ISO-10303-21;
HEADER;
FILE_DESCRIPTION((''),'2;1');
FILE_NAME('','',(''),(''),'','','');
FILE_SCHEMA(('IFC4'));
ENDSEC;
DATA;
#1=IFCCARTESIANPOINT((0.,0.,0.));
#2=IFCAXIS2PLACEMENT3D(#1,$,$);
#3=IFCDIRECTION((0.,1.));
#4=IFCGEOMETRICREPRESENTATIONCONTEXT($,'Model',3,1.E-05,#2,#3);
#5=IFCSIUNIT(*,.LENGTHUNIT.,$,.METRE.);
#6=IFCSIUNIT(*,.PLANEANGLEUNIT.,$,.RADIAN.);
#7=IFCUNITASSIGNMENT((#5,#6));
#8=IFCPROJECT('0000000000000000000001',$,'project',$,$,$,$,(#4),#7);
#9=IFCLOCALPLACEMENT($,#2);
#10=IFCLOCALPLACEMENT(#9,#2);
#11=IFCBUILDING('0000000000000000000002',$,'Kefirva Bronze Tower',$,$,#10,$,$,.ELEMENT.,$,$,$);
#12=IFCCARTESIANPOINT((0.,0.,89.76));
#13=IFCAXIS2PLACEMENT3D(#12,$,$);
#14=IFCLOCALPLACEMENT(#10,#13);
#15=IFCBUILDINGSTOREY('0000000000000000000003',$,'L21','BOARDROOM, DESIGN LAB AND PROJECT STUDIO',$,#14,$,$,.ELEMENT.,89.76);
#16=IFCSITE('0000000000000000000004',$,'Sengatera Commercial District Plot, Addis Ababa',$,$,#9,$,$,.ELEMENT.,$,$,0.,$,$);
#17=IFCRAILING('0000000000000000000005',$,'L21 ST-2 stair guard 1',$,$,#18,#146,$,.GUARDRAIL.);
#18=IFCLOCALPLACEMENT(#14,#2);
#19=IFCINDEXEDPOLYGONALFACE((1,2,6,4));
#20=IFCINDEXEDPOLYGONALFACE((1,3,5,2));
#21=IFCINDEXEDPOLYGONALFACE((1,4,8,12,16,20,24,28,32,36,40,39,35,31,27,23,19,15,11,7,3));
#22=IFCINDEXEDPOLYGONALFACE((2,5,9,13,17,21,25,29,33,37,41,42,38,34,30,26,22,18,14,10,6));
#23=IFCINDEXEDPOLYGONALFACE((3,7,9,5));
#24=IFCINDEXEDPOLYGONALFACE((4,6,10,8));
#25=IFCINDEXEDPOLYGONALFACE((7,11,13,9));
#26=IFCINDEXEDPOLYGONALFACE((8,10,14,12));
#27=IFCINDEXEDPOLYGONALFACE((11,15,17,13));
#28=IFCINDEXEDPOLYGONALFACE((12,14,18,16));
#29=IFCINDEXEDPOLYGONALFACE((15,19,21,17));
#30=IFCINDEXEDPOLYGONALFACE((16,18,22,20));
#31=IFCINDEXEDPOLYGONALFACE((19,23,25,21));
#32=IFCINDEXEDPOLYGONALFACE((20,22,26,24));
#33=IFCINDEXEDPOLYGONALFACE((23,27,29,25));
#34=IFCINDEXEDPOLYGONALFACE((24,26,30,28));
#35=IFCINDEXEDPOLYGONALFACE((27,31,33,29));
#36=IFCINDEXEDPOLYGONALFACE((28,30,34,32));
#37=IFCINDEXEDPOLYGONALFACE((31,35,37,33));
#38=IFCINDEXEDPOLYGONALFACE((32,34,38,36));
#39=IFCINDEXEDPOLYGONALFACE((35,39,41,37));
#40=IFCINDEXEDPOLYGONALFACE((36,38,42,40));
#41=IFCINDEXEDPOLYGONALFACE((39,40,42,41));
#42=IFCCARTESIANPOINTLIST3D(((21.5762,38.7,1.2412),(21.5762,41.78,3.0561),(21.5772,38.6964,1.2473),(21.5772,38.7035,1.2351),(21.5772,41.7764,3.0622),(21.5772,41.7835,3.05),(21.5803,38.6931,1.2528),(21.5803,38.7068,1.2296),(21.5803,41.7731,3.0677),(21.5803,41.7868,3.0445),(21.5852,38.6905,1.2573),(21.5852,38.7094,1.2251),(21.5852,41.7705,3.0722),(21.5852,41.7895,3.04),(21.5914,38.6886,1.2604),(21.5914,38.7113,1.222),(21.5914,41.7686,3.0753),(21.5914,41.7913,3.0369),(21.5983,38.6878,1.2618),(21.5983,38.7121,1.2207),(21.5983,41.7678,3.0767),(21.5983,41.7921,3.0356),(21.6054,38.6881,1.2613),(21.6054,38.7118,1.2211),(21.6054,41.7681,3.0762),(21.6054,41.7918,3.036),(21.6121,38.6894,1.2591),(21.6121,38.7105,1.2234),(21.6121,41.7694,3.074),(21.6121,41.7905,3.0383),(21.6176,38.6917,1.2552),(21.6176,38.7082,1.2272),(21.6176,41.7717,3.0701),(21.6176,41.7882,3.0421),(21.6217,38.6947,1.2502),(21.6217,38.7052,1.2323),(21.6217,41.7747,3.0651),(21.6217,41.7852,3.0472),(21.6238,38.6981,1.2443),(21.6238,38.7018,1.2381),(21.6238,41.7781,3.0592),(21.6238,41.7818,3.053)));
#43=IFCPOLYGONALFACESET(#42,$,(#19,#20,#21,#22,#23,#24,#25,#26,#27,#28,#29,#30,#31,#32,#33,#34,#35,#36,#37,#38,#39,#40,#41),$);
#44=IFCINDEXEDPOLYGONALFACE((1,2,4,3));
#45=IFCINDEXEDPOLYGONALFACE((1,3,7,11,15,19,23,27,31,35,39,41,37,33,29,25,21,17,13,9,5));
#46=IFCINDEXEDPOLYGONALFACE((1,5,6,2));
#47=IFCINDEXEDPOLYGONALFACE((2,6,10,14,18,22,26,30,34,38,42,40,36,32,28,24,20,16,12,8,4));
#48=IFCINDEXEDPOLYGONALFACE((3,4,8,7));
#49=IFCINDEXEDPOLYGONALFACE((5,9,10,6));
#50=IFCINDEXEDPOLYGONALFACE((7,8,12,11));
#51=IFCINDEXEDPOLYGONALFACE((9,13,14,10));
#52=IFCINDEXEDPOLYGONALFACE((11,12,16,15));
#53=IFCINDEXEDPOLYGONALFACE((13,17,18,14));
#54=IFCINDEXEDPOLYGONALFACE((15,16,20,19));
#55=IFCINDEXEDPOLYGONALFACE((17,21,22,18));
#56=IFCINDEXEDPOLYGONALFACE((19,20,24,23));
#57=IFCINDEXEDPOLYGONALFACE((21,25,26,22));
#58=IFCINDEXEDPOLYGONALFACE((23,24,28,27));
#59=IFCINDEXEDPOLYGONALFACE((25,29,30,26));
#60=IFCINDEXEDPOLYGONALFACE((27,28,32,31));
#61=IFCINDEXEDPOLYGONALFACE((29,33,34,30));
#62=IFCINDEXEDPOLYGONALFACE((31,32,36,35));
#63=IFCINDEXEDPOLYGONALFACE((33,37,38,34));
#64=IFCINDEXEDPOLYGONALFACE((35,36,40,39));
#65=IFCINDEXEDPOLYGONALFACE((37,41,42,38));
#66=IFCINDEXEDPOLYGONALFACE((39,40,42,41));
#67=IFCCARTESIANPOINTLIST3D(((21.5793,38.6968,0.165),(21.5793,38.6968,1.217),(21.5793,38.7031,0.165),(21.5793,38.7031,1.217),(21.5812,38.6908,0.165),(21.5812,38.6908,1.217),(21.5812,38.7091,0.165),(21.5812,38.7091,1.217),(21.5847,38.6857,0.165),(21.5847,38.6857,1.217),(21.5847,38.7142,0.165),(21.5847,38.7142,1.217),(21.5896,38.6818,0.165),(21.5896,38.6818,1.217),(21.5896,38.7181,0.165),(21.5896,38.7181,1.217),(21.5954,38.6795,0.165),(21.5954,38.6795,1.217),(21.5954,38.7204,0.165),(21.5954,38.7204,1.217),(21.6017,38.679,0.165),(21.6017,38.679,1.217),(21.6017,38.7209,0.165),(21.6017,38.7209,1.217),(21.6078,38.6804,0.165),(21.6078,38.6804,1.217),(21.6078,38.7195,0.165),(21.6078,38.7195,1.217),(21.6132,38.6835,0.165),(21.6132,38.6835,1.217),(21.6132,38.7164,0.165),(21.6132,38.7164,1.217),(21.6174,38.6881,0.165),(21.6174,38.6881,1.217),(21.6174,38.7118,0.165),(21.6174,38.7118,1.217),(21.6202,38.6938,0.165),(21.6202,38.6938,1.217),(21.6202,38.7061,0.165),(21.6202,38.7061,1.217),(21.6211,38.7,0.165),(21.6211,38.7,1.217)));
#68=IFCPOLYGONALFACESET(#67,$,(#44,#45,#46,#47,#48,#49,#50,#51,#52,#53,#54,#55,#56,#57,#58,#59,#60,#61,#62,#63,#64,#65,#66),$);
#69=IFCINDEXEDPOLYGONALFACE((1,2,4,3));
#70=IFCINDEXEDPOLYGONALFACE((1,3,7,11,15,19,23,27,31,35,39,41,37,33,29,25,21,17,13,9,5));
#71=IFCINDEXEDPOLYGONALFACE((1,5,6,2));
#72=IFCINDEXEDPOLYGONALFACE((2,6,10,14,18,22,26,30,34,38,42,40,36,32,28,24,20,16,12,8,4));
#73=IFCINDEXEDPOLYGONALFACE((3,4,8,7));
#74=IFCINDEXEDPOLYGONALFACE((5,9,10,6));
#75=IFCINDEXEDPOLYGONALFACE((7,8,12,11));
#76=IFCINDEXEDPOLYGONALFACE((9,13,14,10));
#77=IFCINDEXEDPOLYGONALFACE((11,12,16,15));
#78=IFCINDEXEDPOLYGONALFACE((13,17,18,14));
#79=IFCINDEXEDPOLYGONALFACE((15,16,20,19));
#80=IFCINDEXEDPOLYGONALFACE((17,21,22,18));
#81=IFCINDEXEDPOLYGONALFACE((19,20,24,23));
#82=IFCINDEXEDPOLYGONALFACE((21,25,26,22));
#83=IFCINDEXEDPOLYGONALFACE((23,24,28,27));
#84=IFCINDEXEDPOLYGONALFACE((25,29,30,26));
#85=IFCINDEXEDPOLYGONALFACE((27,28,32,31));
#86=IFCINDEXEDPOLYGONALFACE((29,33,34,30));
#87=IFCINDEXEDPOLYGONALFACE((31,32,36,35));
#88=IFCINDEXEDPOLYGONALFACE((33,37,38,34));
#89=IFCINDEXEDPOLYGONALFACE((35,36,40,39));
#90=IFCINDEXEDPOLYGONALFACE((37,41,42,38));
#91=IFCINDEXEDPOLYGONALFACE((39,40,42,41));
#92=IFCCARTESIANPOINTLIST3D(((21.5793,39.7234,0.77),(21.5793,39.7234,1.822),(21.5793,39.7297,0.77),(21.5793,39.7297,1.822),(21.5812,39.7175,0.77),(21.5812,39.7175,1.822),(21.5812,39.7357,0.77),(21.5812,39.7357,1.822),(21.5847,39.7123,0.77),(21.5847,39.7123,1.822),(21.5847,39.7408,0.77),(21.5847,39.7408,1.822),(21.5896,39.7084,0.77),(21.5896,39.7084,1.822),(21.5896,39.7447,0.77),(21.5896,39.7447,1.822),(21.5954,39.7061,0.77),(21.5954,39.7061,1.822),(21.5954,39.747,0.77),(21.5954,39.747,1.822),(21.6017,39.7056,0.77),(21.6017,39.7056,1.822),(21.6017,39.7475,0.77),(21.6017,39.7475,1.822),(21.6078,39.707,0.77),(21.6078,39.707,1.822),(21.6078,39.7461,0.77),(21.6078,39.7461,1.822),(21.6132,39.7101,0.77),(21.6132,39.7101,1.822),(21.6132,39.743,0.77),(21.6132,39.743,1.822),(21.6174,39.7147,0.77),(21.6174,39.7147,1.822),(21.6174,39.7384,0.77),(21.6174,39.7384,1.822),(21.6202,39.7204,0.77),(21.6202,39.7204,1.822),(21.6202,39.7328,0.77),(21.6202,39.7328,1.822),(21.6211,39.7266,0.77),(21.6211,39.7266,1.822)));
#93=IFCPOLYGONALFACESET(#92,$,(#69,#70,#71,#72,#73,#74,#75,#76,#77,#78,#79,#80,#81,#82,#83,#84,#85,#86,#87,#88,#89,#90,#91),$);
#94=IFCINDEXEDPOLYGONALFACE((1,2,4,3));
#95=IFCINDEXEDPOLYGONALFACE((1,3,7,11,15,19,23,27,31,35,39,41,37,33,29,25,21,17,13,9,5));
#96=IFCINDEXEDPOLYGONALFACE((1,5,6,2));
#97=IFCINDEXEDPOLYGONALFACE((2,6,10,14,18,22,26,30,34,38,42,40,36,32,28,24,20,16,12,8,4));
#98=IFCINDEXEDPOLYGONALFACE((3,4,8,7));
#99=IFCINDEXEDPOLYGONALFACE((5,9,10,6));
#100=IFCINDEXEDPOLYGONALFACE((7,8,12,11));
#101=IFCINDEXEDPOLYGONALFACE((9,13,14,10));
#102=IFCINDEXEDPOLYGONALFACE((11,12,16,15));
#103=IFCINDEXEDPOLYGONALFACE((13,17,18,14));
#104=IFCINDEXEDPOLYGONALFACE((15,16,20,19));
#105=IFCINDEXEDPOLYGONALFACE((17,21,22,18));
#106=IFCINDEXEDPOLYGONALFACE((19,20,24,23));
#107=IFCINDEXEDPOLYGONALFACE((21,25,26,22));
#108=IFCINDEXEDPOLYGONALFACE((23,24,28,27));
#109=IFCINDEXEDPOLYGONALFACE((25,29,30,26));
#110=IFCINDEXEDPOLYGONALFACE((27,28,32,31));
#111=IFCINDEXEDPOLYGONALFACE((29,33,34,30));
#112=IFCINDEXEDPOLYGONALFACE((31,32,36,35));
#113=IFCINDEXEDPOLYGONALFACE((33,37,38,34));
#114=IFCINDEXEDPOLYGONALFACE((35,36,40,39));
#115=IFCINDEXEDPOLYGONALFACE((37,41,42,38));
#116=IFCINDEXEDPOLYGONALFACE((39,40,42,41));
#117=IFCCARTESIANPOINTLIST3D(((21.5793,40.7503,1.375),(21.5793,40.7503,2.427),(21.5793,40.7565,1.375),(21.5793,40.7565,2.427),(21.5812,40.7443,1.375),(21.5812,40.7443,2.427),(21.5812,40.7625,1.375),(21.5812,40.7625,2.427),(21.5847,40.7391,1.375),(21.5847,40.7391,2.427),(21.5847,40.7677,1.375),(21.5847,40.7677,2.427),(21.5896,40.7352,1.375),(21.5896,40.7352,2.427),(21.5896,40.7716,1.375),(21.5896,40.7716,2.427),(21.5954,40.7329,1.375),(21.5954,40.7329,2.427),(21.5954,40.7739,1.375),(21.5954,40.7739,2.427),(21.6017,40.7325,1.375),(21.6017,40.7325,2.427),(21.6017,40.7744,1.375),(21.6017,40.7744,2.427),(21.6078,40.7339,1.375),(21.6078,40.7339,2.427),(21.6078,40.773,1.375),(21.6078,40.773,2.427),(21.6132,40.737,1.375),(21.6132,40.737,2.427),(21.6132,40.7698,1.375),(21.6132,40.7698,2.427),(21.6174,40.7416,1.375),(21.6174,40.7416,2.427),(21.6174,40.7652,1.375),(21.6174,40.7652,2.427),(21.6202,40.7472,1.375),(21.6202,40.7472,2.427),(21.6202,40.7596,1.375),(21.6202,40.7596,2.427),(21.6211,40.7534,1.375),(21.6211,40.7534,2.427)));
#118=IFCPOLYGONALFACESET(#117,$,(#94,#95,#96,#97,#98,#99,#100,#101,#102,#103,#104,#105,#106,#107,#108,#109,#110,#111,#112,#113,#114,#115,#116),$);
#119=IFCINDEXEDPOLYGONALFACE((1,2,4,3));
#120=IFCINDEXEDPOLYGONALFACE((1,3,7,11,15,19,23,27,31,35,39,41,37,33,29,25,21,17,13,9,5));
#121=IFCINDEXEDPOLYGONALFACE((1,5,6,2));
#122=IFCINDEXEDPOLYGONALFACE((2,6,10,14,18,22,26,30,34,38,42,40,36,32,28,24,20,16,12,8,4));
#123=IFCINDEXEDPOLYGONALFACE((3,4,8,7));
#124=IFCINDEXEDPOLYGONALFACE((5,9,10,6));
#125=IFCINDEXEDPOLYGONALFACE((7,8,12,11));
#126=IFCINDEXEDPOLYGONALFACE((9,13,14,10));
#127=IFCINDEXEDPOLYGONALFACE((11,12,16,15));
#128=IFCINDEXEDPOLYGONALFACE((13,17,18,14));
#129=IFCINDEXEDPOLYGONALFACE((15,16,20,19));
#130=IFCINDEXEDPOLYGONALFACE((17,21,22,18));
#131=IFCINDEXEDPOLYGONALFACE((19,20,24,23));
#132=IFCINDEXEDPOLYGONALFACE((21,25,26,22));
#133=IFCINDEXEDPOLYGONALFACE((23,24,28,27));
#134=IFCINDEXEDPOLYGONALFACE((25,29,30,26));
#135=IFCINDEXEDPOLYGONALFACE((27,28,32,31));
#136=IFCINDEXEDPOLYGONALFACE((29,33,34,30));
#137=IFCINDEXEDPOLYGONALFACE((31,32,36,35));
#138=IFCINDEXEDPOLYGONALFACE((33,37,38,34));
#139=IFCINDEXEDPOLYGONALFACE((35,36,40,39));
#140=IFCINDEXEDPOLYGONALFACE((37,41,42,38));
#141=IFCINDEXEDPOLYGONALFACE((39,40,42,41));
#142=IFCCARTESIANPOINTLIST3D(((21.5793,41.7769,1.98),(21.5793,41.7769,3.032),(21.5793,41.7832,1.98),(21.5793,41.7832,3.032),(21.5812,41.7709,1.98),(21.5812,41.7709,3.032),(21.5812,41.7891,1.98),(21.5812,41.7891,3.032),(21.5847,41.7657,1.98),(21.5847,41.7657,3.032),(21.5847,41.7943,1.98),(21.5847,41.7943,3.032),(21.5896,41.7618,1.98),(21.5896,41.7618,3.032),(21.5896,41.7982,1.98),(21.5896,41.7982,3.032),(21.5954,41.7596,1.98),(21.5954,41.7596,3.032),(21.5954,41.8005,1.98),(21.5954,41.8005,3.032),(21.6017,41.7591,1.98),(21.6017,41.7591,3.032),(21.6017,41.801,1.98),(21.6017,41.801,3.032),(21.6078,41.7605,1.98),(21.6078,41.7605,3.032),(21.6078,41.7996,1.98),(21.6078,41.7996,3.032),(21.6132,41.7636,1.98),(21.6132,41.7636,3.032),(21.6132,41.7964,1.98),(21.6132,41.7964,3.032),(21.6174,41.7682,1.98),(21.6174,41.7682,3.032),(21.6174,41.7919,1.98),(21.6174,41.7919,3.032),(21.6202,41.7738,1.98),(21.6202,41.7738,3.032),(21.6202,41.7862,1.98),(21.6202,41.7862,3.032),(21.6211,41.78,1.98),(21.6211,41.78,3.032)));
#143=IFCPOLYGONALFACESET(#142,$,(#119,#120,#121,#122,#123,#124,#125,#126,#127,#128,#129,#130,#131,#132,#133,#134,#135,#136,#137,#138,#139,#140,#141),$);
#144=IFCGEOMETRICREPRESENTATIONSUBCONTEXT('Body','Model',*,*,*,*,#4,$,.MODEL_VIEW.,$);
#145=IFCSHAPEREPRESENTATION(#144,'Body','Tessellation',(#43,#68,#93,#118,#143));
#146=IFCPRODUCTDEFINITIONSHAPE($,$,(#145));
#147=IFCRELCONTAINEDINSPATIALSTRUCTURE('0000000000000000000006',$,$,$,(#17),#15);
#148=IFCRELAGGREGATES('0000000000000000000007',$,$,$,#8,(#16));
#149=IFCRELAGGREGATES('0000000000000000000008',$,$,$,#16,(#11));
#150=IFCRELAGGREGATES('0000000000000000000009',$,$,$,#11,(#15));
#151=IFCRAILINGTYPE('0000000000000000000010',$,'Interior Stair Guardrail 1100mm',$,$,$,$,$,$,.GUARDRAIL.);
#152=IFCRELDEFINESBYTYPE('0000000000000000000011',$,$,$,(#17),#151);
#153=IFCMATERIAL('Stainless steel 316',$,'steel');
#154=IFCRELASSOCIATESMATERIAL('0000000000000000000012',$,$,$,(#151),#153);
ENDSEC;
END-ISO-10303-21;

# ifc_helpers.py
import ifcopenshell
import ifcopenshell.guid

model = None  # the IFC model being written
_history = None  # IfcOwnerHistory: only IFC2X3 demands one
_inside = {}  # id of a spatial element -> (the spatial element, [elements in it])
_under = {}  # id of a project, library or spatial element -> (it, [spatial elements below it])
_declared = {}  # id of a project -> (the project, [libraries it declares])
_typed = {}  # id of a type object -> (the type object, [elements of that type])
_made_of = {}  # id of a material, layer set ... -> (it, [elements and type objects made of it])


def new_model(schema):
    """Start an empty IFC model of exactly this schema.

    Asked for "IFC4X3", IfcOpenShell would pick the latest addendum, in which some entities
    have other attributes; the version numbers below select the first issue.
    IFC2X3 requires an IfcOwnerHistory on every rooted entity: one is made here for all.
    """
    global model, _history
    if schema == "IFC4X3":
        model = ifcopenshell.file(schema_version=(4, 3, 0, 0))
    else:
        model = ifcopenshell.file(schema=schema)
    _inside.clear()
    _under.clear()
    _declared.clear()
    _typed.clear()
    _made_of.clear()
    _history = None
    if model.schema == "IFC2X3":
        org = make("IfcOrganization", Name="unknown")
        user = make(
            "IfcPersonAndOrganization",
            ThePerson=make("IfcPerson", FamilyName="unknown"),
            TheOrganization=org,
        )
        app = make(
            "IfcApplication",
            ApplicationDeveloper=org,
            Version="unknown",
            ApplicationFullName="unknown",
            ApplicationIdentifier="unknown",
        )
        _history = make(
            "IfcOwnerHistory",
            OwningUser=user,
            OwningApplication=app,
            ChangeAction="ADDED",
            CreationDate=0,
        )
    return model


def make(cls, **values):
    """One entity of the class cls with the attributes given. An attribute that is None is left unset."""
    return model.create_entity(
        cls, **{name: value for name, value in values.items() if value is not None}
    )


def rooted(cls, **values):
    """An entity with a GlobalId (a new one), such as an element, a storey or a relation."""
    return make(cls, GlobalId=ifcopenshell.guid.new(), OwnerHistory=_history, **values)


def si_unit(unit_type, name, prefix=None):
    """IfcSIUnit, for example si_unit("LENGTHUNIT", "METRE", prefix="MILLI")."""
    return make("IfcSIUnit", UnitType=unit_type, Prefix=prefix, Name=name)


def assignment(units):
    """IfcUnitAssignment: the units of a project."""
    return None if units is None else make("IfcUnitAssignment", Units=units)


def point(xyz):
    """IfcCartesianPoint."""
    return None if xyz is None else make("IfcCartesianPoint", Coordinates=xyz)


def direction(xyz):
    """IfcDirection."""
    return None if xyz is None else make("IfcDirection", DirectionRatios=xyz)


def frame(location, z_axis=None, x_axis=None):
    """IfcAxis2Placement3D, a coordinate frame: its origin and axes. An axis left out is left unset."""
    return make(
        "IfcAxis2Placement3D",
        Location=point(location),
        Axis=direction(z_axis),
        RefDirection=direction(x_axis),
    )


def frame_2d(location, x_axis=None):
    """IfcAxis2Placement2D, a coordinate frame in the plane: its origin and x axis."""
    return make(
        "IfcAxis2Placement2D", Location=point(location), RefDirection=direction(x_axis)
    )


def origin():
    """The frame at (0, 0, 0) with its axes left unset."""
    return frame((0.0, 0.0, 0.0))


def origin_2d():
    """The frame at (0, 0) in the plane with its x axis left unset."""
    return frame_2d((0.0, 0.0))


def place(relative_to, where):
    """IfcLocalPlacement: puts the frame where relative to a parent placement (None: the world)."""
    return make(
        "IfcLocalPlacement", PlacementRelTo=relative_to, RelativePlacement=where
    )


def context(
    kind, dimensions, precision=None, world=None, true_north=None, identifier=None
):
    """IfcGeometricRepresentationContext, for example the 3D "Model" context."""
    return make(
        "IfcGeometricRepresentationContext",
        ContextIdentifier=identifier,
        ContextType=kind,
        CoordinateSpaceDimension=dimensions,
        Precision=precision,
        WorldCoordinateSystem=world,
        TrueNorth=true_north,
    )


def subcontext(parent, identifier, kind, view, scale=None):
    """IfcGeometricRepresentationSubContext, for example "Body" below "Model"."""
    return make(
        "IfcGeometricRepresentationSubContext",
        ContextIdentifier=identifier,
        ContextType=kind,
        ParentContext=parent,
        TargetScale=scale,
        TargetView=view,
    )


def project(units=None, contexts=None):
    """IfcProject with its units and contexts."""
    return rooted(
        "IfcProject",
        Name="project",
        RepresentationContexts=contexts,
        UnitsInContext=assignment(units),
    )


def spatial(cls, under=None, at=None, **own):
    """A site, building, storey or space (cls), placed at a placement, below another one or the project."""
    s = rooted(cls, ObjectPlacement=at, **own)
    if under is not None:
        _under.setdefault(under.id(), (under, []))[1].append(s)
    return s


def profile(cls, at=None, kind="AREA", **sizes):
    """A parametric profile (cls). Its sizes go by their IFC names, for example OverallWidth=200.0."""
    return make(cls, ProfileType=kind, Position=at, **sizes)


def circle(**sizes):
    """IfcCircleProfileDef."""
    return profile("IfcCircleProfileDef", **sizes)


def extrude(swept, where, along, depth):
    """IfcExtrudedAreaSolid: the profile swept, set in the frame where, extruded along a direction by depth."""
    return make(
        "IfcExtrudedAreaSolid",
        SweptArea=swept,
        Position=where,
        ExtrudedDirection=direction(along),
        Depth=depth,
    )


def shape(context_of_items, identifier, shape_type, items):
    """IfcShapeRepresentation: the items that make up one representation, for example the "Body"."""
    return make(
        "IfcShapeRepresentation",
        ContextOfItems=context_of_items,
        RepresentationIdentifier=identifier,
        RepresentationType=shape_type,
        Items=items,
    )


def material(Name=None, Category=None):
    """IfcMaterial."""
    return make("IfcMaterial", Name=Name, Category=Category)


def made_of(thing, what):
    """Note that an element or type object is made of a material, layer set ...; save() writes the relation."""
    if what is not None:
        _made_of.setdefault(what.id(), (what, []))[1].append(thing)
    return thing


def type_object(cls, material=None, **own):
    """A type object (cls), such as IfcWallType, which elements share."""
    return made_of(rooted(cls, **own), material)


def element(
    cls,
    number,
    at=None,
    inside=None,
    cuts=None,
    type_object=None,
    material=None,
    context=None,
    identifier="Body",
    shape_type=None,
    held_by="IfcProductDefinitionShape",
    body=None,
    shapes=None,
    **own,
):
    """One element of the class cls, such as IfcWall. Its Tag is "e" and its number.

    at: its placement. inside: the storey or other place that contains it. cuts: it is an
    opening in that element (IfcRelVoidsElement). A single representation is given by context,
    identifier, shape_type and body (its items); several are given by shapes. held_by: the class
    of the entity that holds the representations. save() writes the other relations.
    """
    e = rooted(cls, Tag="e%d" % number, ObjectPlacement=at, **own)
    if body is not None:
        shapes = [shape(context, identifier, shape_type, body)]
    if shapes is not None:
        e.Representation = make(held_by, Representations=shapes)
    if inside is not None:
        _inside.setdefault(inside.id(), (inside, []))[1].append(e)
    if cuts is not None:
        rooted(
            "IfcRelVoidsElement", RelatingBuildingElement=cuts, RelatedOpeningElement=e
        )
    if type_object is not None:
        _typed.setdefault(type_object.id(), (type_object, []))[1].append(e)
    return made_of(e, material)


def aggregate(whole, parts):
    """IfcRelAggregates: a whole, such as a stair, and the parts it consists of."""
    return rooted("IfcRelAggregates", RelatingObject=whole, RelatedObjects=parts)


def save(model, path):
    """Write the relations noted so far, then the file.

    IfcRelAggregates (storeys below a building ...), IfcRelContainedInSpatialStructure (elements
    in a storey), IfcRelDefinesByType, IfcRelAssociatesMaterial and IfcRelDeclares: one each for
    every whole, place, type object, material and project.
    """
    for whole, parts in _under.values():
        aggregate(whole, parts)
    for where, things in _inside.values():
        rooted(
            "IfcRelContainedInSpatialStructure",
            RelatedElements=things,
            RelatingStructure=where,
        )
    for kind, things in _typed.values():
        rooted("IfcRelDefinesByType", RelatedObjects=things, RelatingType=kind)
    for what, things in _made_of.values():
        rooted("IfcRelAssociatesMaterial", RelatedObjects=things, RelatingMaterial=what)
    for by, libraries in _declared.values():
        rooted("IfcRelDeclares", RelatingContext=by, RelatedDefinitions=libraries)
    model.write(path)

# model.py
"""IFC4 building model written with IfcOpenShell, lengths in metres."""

from ifc_helpers import new_model, si_unit, direction, frame, origin, origin_2d, place, context, subcontext, project, spatial, circle, extrude, material, type_object, element, save


model = new_model("IFC4")

# Units and contexts
model_context = context("Model", 3, precision=1e-05, world=origin(), true_north=direction((0.0, 1.0)))
body_context = subcontext(model_context, "Body", "Model", "MODEL_VIEW")
ifc_project = project(units=[si_unit("LENGTHUNIT", "METRE"), si_unit("PLANEANGLEUNIT", "RADIAN")], contexts=[model_context])

# Site, building, storey
site_placement = place(None, origin())
site = spatial("IfcSite", under=ifc_project, at=site_placement, Name="Sengatera Commercial District Plot, Addis Ababa", CompositionType="ELEMENT", RefElevation=0.0)
building_placement = place(site_placement, origin())
building = spatial("IfcBuilding", under=site, at=building_placement, Name="Kefirva Bronze Tower", CompositionType="ELEMENT")
storey_placement = place(building_placement, frame((0.0, 0.0, 89.76)))
storey = spatial("IfcBuildingStorey", under=building, at=storey_placement, Name="L21", Description="BOARDROOM, DESIGN LAB AND PROJECT STUDIO", CompositionType="ELEMENT", Elevation=89.76)

# Railing
ifc_material_1 = material(Name="Stainless steel 316", Category="steel")
railing_type_1 = type_object("IfcRailingType", Name="Interior Stair Guardrail 1100mm", PredefinedType="GUARDRAIL", material=ifc_material_1)
railing_1_placement = place(storey_placement, frame((21.6001, 38.7, 0.165)))
element("IfcRailing", 1, at=railing_1_placement, inside=storey, type_object=railing_type_1, Name="L21 ST-2 stair guard 1", PredefinedType="GUARDRAIL", context=body_context, shape_type="SweptSolid", body=[
    extrude(circle(Radius=0.0239, at=origin_2d()), frame((0.0, 0.0, 1.0762), z_axis=(0.0, 0.861551, 0.507671), x_axis=(-1.0, 0.0, 0.0)), (0.0, 0.0, 1.0), 3.575),
    extrude(circle(Radius=0.021, at=origin_2d()), origin(), (0.0, 0.0, 1.0), 1.052),
    extrude(circle(Radius=0.021, at=origin_2d()), frame((0.0, 1.0266, 0.605)), (0.0, 0.0, 1.0), 1.052),
    extrude(circle(Radius=0.021, at=origin_2d()), frame((0.0, 2.0535, 1.21)), (0.0, 0.0, 1.0), 1.052),
    extrude(circle(Radius=0.021, at=origin_2d()), frame((0.0, 3.0801, 1.8149)), (0.0, 0.0, 1.0), 1.052),
])

save(model, "model.ifc")
